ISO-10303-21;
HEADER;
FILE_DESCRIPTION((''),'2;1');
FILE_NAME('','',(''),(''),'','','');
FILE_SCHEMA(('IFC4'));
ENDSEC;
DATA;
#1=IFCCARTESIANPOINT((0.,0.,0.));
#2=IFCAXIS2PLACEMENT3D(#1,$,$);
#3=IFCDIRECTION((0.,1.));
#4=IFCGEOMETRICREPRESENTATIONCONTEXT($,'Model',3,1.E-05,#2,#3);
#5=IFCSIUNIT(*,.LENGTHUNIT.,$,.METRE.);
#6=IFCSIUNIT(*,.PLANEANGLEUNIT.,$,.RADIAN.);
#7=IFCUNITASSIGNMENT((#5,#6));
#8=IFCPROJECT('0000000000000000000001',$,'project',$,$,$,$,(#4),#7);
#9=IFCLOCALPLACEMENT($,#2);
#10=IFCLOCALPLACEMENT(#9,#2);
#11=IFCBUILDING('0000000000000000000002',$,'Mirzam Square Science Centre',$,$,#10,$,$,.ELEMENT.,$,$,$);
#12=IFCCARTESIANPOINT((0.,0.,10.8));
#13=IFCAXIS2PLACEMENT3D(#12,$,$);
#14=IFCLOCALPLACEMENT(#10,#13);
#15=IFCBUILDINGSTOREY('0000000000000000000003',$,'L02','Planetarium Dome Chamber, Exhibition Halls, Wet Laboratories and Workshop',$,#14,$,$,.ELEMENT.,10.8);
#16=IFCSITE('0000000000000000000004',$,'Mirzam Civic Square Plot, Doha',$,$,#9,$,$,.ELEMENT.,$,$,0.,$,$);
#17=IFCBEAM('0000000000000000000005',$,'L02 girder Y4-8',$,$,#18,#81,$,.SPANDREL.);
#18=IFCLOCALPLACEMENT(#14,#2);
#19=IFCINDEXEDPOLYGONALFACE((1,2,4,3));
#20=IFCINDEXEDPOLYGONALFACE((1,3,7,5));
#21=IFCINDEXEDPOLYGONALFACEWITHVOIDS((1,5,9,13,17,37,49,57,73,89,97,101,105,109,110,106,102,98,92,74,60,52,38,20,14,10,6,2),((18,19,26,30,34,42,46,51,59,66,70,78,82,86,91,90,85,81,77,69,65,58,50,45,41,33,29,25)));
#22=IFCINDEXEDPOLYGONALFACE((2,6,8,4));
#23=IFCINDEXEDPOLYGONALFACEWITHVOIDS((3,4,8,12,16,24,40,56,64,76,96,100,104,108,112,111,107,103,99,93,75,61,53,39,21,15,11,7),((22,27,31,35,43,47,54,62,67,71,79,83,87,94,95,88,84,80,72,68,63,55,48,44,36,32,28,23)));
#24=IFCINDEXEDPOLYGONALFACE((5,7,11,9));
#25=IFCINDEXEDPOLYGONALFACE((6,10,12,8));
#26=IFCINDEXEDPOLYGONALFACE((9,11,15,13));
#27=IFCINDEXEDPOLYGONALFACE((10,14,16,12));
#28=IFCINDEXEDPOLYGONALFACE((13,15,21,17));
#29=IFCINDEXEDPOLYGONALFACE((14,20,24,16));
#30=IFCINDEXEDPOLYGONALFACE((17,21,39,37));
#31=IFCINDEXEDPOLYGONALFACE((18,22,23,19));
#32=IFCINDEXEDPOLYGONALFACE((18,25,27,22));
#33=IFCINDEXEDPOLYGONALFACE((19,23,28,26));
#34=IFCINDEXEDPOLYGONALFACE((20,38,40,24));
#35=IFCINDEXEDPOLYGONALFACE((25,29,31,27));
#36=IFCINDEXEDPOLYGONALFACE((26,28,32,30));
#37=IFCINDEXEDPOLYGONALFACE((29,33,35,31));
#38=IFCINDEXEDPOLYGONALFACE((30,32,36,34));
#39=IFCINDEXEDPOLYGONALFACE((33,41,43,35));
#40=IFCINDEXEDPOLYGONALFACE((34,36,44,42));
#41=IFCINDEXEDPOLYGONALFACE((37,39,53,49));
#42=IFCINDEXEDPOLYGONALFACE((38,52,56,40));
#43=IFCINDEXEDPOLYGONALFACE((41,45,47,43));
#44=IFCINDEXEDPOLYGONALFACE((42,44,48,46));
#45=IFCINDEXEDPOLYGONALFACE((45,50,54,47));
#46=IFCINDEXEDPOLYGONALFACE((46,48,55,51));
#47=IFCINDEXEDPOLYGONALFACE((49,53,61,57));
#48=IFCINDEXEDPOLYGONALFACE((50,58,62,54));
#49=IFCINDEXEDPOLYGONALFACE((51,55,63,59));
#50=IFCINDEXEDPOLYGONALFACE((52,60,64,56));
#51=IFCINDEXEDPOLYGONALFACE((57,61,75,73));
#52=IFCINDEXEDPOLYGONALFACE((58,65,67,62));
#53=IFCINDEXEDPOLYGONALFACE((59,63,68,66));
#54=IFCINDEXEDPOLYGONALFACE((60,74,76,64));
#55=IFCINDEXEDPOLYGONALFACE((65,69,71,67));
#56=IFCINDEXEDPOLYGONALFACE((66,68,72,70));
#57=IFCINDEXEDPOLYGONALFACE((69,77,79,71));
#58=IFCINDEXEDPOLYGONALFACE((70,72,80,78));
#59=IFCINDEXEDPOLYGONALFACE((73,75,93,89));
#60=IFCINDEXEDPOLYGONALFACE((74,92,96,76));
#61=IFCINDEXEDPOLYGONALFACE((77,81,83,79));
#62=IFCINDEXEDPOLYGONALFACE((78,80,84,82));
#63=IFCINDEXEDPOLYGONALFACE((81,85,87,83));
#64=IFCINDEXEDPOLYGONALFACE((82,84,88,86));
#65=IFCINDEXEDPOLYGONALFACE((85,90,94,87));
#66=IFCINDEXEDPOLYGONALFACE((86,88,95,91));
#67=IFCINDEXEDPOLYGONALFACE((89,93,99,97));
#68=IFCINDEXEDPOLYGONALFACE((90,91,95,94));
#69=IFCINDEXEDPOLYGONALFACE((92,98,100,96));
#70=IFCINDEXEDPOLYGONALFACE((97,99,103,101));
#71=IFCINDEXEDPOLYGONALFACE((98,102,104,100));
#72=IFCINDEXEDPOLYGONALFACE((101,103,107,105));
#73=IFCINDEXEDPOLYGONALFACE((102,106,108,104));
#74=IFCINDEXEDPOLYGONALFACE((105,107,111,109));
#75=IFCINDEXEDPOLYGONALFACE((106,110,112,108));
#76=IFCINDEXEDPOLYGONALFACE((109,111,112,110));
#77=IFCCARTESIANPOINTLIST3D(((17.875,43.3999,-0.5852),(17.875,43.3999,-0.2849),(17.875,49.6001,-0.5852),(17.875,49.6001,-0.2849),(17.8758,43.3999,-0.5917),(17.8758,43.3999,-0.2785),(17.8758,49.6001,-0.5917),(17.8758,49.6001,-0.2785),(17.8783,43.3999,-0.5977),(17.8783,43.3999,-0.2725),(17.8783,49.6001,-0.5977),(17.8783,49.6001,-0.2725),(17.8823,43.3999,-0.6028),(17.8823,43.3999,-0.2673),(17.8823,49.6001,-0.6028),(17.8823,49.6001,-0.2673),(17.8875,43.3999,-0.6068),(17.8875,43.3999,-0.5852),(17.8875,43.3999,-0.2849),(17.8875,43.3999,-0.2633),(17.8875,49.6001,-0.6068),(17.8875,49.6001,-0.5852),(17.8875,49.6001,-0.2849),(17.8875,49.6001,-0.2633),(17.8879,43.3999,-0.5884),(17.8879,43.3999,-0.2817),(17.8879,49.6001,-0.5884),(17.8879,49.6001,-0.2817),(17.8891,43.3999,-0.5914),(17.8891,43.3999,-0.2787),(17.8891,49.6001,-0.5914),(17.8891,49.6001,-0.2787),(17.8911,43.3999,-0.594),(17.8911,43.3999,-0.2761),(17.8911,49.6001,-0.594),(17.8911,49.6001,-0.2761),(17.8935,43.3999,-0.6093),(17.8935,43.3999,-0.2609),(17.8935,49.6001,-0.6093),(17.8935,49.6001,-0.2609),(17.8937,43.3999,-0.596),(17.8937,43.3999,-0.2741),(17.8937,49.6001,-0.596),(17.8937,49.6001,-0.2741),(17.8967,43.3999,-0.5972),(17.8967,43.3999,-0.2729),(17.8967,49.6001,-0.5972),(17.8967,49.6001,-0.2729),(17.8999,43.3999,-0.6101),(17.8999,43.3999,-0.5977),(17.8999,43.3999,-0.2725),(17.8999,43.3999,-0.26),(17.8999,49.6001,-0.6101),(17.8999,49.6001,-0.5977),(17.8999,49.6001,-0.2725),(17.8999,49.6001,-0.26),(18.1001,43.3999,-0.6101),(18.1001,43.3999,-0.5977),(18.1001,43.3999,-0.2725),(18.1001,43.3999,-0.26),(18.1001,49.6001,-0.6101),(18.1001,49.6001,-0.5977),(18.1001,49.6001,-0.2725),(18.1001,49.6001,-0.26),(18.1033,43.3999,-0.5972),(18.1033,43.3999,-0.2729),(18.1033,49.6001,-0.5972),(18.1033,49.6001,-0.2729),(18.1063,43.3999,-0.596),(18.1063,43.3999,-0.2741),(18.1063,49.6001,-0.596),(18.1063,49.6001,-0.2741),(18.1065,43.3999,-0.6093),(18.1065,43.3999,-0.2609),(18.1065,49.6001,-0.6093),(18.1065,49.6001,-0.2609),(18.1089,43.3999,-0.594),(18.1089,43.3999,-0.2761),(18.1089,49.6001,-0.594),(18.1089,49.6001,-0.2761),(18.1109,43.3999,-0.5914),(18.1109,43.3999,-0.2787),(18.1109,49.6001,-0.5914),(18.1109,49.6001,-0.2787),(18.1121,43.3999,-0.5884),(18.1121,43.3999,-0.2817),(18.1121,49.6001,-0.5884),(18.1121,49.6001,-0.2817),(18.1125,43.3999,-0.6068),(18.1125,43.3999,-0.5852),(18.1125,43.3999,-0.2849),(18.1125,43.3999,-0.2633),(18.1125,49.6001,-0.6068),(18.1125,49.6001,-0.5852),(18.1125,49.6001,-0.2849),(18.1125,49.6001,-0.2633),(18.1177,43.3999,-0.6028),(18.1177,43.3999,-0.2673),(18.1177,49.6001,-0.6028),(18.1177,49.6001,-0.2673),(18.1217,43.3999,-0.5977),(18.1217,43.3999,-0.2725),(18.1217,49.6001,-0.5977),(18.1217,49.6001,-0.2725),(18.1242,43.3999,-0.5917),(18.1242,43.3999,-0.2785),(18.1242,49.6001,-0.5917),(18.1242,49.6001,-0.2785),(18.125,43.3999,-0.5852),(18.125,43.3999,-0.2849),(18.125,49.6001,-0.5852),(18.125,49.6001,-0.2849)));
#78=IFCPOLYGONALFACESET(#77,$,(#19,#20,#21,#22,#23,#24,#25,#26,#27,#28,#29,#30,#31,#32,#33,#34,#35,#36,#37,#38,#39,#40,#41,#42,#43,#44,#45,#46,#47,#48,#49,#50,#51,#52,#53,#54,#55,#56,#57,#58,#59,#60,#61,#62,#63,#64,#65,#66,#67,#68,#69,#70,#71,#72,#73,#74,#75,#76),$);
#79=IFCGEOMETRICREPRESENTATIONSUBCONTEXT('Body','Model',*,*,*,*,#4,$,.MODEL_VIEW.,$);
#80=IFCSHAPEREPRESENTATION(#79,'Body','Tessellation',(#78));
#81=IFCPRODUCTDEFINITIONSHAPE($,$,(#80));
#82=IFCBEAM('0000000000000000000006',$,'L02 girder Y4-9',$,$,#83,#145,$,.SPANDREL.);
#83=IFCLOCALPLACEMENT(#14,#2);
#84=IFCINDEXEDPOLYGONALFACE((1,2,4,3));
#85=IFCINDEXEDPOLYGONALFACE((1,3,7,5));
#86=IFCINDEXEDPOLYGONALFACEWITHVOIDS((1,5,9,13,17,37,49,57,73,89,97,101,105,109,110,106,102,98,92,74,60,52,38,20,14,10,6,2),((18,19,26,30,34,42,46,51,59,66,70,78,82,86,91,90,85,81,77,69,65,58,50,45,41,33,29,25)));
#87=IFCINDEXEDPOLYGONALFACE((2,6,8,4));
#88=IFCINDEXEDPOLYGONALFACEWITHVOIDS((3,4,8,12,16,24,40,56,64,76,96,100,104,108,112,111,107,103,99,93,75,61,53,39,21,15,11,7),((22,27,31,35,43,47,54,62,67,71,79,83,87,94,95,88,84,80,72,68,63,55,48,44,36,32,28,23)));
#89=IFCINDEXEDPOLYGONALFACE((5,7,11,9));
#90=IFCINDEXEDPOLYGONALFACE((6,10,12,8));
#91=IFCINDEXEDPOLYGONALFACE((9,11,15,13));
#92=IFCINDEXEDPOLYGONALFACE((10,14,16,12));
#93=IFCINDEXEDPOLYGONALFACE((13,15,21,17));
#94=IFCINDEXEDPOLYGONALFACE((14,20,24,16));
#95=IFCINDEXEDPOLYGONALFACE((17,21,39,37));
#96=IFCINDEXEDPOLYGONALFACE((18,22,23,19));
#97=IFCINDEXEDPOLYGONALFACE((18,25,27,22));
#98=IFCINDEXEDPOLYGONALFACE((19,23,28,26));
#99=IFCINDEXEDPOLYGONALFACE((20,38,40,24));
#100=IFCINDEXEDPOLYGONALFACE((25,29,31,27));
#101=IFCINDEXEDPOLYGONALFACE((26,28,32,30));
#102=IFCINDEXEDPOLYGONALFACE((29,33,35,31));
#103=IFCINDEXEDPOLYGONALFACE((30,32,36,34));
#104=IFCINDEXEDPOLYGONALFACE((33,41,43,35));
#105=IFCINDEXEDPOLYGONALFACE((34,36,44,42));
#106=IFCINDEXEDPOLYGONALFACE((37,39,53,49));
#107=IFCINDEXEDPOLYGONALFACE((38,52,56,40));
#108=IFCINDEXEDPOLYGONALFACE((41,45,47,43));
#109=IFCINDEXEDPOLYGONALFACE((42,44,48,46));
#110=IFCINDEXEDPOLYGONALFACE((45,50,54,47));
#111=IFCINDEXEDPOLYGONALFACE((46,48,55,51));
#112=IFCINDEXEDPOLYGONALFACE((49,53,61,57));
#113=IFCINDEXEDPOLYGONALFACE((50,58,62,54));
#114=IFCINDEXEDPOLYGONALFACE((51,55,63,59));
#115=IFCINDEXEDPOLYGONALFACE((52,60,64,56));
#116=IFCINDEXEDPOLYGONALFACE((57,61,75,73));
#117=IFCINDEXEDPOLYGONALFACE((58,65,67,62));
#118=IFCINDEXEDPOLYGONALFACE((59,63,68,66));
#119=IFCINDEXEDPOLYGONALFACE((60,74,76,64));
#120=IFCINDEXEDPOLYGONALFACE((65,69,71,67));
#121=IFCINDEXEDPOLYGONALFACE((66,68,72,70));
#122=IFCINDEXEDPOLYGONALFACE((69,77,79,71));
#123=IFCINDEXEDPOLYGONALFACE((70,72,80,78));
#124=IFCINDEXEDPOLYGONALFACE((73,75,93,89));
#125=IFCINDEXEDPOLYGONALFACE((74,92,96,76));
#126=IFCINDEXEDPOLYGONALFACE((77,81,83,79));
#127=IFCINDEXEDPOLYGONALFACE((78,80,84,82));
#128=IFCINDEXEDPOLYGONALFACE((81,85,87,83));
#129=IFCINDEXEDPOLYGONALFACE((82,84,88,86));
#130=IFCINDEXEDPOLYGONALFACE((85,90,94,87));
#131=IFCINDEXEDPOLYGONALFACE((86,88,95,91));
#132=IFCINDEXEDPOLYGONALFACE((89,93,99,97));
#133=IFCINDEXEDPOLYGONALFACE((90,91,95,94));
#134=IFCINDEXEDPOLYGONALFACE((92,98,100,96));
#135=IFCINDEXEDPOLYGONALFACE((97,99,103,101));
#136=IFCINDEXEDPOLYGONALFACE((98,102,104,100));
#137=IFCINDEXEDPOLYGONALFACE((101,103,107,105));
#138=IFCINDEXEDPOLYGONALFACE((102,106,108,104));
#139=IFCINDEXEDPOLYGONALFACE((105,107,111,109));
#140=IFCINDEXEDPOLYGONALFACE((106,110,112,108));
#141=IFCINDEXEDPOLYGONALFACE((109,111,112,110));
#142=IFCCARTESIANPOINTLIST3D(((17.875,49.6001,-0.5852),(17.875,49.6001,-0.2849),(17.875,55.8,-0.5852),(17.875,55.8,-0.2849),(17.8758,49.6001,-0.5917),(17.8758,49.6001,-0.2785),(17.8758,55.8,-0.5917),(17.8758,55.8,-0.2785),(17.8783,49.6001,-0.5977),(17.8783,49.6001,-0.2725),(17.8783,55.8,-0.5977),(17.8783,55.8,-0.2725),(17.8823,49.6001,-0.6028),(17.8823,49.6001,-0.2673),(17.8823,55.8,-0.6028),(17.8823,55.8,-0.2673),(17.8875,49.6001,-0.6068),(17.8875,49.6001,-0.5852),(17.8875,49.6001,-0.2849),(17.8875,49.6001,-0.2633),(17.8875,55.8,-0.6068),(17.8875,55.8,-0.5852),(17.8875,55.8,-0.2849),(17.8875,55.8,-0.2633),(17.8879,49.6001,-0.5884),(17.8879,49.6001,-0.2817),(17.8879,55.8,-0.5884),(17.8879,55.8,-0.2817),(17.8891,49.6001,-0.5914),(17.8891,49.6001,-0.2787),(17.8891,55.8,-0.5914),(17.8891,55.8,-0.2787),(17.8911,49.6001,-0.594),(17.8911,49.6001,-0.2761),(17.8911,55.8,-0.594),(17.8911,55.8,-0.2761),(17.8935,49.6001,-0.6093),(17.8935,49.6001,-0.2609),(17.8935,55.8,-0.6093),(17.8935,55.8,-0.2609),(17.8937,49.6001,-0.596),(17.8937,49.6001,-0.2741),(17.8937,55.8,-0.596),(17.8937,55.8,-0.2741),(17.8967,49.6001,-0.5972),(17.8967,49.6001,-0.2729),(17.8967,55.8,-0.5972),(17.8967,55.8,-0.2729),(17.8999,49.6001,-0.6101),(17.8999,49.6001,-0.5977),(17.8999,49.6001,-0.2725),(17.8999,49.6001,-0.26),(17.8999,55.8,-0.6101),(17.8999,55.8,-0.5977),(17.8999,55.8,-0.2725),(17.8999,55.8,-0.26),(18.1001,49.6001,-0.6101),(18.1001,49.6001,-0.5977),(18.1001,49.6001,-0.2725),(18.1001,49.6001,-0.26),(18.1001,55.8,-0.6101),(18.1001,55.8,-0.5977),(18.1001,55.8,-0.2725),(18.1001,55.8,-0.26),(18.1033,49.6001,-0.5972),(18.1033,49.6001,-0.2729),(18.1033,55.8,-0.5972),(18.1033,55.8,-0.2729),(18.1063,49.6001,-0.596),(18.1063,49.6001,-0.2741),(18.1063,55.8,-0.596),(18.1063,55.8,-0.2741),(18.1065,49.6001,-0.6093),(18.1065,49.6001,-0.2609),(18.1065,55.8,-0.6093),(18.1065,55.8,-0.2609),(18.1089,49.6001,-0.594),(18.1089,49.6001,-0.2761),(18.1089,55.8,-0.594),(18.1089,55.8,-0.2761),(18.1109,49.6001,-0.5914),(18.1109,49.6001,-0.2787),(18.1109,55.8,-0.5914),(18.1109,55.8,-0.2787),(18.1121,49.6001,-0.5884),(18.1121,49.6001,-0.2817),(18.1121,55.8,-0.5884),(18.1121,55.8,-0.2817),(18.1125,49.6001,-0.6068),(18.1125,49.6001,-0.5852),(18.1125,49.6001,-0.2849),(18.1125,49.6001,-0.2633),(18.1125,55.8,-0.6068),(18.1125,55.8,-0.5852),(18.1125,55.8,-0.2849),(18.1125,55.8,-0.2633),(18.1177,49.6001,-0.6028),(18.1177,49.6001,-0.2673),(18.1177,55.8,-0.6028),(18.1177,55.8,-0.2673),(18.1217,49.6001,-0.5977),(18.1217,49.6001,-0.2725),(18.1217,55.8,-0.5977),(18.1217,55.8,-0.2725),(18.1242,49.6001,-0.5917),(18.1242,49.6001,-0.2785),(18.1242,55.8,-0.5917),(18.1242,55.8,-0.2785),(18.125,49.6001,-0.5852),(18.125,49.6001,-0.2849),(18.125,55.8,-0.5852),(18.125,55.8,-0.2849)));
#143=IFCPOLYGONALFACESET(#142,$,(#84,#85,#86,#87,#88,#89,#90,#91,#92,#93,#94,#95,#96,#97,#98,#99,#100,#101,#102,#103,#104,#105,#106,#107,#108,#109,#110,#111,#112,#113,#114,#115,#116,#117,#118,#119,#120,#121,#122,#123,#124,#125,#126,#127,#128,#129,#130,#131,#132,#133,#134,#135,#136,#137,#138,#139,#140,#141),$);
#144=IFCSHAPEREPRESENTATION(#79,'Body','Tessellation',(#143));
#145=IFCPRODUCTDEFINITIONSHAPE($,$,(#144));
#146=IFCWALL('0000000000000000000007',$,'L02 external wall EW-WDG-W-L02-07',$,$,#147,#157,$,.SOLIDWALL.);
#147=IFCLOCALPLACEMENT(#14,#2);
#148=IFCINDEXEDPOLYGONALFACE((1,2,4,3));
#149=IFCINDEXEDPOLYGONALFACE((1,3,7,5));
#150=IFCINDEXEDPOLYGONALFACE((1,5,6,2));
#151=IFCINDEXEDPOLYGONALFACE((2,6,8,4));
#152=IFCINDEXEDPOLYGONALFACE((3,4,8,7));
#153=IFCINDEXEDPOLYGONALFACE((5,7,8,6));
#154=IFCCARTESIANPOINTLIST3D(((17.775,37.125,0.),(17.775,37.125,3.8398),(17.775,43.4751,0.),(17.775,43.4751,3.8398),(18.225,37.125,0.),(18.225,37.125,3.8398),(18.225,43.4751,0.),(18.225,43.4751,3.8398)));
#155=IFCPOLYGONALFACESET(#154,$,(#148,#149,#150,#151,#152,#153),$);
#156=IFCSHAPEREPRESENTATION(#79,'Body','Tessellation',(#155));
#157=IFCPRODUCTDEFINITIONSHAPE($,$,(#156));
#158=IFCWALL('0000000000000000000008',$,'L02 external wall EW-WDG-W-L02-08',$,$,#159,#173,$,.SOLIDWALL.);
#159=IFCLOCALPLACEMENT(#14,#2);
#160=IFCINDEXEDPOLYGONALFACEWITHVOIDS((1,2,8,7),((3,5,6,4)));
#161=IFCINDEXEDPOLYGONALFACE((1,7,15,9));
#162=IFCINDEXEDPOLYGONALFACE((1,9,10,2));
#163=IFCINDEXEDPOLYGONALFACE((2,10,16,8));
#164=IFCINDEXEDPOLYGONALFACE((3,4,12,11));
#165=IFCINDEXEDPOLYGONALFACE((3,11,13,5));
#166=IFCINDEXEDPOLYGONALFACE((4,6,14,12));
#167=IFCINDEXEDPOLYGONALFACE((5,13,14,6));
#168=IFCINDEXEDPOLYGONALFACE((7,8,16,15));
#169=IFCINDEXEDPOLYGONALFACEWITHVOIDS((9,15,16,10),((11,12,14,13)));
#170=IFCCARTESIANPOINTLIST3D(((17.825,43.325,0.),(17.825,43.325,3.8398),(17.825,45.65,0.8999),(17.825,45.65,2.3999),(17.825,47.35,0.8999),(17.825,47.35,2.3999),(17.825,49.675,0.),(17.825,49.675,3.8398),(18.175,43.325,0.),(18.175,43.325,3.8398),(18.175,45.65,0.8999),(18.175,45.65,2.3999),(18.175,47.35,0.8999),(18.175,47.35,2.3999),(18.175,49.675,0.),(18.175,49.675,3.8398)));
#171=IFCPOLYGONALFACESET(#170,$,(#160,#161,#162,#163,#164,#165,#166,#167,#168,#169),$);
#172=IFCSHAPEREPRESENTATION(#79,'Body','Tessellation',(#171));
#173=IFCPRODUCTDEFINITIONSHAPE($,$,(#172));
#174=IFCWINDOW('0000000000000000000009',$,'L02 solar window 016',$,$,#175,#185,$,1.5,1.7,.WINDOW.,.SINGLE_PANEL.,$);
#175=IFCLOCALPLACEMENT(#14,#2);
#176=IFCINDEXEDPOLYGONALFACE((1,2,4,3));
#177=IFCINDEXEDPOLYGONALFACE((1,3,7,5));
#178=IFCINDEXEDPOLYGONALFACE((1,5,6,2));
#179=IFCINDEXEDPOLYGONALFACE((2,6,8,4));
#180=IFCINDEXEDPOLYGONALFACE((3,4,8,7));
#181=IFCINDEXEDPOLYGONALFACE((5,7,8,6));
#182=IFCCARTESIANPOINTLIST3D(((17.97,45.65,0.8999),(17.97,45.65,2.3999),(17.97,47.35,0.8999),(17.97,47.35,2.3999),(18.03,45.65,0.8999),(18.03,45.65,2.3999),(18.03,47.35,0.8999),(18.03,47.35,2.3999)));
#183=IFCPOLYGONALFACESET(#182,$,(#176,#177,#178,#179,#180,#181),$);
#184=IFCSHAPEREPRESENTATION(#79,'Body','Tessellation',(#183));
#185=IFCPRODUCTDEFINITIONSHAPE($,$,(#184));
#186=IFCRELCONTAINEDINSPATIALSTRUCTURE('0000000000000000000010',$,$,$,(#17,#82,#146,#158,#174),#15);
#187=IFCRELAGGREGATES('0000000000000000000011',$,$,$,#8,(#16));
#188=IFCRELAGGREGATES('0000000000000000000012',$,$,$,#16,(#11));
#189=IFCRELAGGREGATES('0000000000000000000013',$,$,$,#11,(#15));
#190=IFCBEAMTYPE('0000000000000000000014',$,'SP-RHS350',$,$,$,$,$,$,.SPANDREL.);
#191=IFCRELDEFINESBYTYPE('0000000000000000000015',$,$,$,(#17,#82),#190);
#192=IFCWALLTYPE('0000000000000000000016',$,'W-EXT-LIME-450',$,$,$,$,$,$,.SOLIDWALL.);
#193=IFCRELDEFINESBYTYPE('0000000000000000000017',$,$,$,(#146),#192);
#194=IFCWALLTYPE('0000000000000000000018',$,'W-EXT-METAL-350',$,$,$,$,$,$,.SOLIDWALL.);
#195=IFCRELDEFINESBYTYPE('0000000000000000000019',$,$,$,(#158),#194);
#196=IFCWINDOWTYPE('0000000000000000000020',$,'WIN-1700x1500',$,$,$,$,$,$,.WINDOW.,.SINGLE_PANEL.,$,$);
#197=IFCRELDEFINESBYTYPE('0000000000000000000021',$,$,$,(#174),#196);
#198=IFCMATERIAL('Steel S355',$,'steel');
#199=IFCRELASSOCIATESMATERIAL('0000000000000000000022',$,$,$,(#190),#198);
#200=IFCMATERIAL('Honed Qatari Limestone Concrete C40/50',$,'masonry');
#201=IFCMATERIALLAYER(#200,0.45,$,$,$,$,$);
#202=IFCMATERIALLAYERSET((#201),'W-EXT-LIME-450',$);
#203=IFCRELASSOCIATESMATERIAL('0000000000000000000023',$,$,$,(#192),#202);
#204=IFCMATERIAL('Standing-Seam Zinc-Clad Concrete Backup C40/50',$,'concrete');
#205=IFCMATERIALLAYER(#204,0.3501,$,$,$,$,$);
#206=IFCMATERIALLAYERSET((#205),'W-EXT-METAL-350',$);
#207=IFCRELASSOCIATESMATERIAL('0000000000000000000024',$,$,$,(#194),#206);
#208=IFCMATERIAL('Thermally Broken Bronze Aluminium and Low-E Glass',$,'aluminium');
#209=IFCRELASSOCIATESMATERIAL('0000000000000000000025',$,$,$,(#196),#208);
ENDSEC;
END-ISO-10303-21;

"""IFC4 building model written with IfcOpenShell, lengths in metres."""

from ifc_helpers import new_model, si_unit, direction, frame, frame_2d, origin, origin_2d, place, context, subcontext, project, spatial, rectangle, hollow_rectangle, extrude, material, layer, layer_set, material_profile, profile_set, type_object, element, fill, save


model = new_model("IFC4")

# Units and contexts
model_context = context("Model", 3, precision=1e-05, world=origin(), true_north=direction((0.0, 1.0)))
body_context = subcontext(model_context, "Body", "Model", "MODEL_VIEW")
ifc_project = project(units=[si_unit("LENGTHUNIT", "METRE"), si_unit("PLANEANGLEUNIT", "RADIAN")], contexts=[model_context])

# Site, building, storey
site_placement = place(None, origin())
site = spatial("IfcSite", under=ifc_project, at=site_placement, Name="Mirzam Civic Square Plot, Doha", CompositionType="ELEMENT", RefElevation=0.0)
building_placement = place(site_placement, origin())
building = spatial("IfcBuilding", under=site, at=building_placement, Name="Mirzam Square Science Centre", CompositionType="ELEMENT")
storey_placement = place(building_placement, frame((0.0, 0.0, 10.8)))
storey = spatial("IfcBuildingStorey", under=building, at=storey_placement, Name="L02", Description="Planetarium Dome Chamber, Exhibition Halls, Wet Laboratories and Workshop", CompositionType="ELEMENT", Elevation=10.8)

# Shared definitions
ifc_material_1 = material(Name="Steel S355", Category="steel")

# Beams
ifc_material_profile_1 = material_profile(ifc_material_1, hollow_rectangle(XDim=0.25, YDim=0.3501, WallThickness=0.0125, InnerFilletRadius=0.0125, OuterFilletRadius=0.0249, at=origin_2d()), Name="350x250x12.5RHS")
ifc_profile_set_1 = profile_set([ifc_material_profile_1], Name="Steel S355")
beam_type_1 = type_object("IfcBeamType", Name="SP-RHS350", PredefinedType="SPANDREL", material=ifc_profile_set_1)
beam_1_placement = place(storey_placement, frame((18.0, 43.3999, -0.4351), z_axis=(0.0, 1.0, 0.0), x_axis=(-1.0, 0.0, 0.0)))
element("IfcBeam", 1, at=beam_1_placement, inside=storey, type_object=beam_type_1, Name="L02 girder Y4-8", PredefinedType="SPANDREL", context=body_context, shape_type="SweptSolid", body=[
    extrude(hollow_rectangle(XDim=0.25, YDim=0.3501, WallThickness=0.0125, InnerFilletRadius=0.0125, OuterFilletRadius=0.0249, at=origin_2d()), origin(), (0.0, 0.0, 1.0), 6.2002),
])
beam_2_placement = place(storey_placement, frame((18.0, 49.6001, -0.4351), z_axis=(0.0, 1.0, 0.0), x_axis=(-1.0, 0.0, 0.0)))
element("IfcBeam", 2, at=beam_2_placement, inside=storey, type_object=beam_type_1, Name="L02 girder Y4-9", PredefinedType="SPANDREL", context=body_context, shape_type="SweptSolid", body=[
    extrude(hollow_rectangle(XDim=0.25, YDim=0.3501, WallThickness=0.0125, InnerFilletRadius=0.0125, OuterFilletRadius=0.0249, at=origin_2d()), origin(), (0.0, 0.0, 1.0), 6.2),
])

# Wall
ifc_material_2 = material(Name="Honed Qatari Limestone Concrete C40/50", Category="masonry")
ifc_layer_1 = layer(ifc_material_2, 0.45)
ifc_layer_set_1 = layer_set([ifc_layer_1], Name="W-EXT-LIME-450")
wall_type_1 = type_object("IfcWallType", Name="W-EXT-LIME-450", PredefinedType="SOLIDWALL", material=ifc_layer_set_1)
wall_1_placement = place(storey_placement, frame((18.0, 43.4751, 0.0), z_axis=(0.0, 0.0, 1.0), x_axis=(0.0, -1.0, 0.0)))
element("IfcWall", 3, at=wall_1_placement, inside=storey, type_object=wall_type_1, Name="L02 external wall EW-WDG-W-L02-07", PredefinedType="SOLIDWALL", context=body_context, shape_type="SweptSolid", body=[
    extrude(rectangle(XDim=6.3501, YDim=0.45, at=frame_2d((3.175, 0.0))), origin(), (0.0, 0.0, 1.0), 3.8398),
])

# Wall, opening, window
ifc_material_3 = material(Name="Standing-Seam Zinc-Clad Concrete Backup C40/50", Category="concrete")
ifc_layer_2 = layer(ifc_material_3, 0.3501)
ifc_layer_set_2 = layer_set([ifc_layer_2], Name="W-EXT-METAL-350")
wall_type_2 = type_object("IfcWallType", Name="W-EXT-METAL-350", PredefinedType="SOLIDWALL", material=ifc_layer_set_2)
wall_2_placement = place(storey_placement, frame((18.0, 49.675, 0.0), z_axis=(0.0, 0.0, 1.0), x_axis=(0.0, -1.0, 0.0)))
wall_2 = element("IfcWall", 4, at=wall_2_placement, inside=storey, type_object=wall_type_2, Name="L02 external wall EW-WDG-W-L02-08", PredefinedType="SOLIDWALL", context=body_context, shape_type="SweptSolid", body=[
    extrude(rectangle(XDim=6.3501, YDim=0.3501, at=frame_2d((3.175, 0.0))), origin(), (0.0, 0.0, 1.0), 3.8398),
])
opening_placement = place(wall_2_placement, frame((2.325, 0.0, 0.8999)))
opening = element("IfcOpeningElement", 5, at=opening_placement, cuts=wall_2, PredefinedType="OPENING", context=body_context, shape_type="SweptSolid", body=[
    extrude(rectangle(XDim=1.7, YDim=1.5, at=frame_2d((0.8501, 0.75))), frame((0.0, 0.1851, 0.0), z_axis=(0.0, -1.0, 0.0), x_axis=(1.0, 0.0, 0.0)), (0.0, 0.0, 1.0), 0.3701),
])
ifc_material_4 = material(Name="Thermally Broken Bronze Aluminium and Low-E Glass", Category="aluminium")
window_type = type_object("IfcWindowType", Name="WIN-1700x1500", PartitioningType="SINGLE_PANEL", PredefinedType="WINDOW", material=ifc_material_4)
window_placement = place(opening_placement, origin())
window = element("IfcWindow", 6, at=window_placement, inside=storey, type_object=window_type, Name="L02 solar window 016", OverallHeight=1.5, OverallWidth=1.7, PartitioningType="SINGLE_PANEL", PredefinedType="WINDOW", context=body_context, shape_type="SweptSolid", body=[
    extrude(rectangle(XDim=1.7, YDim=1.5, at=frame_2d((0.8501, 0.75))), frame((0.0, 0.03, 0.0), z_axis=(0.0, -1.0, 0.0), x_axis=(1.0, 0.0, 0.0)), (0.0, 0.0, 1.0), 0.0601),
])
fill(opening, window)

save(model, "model.ifc")
